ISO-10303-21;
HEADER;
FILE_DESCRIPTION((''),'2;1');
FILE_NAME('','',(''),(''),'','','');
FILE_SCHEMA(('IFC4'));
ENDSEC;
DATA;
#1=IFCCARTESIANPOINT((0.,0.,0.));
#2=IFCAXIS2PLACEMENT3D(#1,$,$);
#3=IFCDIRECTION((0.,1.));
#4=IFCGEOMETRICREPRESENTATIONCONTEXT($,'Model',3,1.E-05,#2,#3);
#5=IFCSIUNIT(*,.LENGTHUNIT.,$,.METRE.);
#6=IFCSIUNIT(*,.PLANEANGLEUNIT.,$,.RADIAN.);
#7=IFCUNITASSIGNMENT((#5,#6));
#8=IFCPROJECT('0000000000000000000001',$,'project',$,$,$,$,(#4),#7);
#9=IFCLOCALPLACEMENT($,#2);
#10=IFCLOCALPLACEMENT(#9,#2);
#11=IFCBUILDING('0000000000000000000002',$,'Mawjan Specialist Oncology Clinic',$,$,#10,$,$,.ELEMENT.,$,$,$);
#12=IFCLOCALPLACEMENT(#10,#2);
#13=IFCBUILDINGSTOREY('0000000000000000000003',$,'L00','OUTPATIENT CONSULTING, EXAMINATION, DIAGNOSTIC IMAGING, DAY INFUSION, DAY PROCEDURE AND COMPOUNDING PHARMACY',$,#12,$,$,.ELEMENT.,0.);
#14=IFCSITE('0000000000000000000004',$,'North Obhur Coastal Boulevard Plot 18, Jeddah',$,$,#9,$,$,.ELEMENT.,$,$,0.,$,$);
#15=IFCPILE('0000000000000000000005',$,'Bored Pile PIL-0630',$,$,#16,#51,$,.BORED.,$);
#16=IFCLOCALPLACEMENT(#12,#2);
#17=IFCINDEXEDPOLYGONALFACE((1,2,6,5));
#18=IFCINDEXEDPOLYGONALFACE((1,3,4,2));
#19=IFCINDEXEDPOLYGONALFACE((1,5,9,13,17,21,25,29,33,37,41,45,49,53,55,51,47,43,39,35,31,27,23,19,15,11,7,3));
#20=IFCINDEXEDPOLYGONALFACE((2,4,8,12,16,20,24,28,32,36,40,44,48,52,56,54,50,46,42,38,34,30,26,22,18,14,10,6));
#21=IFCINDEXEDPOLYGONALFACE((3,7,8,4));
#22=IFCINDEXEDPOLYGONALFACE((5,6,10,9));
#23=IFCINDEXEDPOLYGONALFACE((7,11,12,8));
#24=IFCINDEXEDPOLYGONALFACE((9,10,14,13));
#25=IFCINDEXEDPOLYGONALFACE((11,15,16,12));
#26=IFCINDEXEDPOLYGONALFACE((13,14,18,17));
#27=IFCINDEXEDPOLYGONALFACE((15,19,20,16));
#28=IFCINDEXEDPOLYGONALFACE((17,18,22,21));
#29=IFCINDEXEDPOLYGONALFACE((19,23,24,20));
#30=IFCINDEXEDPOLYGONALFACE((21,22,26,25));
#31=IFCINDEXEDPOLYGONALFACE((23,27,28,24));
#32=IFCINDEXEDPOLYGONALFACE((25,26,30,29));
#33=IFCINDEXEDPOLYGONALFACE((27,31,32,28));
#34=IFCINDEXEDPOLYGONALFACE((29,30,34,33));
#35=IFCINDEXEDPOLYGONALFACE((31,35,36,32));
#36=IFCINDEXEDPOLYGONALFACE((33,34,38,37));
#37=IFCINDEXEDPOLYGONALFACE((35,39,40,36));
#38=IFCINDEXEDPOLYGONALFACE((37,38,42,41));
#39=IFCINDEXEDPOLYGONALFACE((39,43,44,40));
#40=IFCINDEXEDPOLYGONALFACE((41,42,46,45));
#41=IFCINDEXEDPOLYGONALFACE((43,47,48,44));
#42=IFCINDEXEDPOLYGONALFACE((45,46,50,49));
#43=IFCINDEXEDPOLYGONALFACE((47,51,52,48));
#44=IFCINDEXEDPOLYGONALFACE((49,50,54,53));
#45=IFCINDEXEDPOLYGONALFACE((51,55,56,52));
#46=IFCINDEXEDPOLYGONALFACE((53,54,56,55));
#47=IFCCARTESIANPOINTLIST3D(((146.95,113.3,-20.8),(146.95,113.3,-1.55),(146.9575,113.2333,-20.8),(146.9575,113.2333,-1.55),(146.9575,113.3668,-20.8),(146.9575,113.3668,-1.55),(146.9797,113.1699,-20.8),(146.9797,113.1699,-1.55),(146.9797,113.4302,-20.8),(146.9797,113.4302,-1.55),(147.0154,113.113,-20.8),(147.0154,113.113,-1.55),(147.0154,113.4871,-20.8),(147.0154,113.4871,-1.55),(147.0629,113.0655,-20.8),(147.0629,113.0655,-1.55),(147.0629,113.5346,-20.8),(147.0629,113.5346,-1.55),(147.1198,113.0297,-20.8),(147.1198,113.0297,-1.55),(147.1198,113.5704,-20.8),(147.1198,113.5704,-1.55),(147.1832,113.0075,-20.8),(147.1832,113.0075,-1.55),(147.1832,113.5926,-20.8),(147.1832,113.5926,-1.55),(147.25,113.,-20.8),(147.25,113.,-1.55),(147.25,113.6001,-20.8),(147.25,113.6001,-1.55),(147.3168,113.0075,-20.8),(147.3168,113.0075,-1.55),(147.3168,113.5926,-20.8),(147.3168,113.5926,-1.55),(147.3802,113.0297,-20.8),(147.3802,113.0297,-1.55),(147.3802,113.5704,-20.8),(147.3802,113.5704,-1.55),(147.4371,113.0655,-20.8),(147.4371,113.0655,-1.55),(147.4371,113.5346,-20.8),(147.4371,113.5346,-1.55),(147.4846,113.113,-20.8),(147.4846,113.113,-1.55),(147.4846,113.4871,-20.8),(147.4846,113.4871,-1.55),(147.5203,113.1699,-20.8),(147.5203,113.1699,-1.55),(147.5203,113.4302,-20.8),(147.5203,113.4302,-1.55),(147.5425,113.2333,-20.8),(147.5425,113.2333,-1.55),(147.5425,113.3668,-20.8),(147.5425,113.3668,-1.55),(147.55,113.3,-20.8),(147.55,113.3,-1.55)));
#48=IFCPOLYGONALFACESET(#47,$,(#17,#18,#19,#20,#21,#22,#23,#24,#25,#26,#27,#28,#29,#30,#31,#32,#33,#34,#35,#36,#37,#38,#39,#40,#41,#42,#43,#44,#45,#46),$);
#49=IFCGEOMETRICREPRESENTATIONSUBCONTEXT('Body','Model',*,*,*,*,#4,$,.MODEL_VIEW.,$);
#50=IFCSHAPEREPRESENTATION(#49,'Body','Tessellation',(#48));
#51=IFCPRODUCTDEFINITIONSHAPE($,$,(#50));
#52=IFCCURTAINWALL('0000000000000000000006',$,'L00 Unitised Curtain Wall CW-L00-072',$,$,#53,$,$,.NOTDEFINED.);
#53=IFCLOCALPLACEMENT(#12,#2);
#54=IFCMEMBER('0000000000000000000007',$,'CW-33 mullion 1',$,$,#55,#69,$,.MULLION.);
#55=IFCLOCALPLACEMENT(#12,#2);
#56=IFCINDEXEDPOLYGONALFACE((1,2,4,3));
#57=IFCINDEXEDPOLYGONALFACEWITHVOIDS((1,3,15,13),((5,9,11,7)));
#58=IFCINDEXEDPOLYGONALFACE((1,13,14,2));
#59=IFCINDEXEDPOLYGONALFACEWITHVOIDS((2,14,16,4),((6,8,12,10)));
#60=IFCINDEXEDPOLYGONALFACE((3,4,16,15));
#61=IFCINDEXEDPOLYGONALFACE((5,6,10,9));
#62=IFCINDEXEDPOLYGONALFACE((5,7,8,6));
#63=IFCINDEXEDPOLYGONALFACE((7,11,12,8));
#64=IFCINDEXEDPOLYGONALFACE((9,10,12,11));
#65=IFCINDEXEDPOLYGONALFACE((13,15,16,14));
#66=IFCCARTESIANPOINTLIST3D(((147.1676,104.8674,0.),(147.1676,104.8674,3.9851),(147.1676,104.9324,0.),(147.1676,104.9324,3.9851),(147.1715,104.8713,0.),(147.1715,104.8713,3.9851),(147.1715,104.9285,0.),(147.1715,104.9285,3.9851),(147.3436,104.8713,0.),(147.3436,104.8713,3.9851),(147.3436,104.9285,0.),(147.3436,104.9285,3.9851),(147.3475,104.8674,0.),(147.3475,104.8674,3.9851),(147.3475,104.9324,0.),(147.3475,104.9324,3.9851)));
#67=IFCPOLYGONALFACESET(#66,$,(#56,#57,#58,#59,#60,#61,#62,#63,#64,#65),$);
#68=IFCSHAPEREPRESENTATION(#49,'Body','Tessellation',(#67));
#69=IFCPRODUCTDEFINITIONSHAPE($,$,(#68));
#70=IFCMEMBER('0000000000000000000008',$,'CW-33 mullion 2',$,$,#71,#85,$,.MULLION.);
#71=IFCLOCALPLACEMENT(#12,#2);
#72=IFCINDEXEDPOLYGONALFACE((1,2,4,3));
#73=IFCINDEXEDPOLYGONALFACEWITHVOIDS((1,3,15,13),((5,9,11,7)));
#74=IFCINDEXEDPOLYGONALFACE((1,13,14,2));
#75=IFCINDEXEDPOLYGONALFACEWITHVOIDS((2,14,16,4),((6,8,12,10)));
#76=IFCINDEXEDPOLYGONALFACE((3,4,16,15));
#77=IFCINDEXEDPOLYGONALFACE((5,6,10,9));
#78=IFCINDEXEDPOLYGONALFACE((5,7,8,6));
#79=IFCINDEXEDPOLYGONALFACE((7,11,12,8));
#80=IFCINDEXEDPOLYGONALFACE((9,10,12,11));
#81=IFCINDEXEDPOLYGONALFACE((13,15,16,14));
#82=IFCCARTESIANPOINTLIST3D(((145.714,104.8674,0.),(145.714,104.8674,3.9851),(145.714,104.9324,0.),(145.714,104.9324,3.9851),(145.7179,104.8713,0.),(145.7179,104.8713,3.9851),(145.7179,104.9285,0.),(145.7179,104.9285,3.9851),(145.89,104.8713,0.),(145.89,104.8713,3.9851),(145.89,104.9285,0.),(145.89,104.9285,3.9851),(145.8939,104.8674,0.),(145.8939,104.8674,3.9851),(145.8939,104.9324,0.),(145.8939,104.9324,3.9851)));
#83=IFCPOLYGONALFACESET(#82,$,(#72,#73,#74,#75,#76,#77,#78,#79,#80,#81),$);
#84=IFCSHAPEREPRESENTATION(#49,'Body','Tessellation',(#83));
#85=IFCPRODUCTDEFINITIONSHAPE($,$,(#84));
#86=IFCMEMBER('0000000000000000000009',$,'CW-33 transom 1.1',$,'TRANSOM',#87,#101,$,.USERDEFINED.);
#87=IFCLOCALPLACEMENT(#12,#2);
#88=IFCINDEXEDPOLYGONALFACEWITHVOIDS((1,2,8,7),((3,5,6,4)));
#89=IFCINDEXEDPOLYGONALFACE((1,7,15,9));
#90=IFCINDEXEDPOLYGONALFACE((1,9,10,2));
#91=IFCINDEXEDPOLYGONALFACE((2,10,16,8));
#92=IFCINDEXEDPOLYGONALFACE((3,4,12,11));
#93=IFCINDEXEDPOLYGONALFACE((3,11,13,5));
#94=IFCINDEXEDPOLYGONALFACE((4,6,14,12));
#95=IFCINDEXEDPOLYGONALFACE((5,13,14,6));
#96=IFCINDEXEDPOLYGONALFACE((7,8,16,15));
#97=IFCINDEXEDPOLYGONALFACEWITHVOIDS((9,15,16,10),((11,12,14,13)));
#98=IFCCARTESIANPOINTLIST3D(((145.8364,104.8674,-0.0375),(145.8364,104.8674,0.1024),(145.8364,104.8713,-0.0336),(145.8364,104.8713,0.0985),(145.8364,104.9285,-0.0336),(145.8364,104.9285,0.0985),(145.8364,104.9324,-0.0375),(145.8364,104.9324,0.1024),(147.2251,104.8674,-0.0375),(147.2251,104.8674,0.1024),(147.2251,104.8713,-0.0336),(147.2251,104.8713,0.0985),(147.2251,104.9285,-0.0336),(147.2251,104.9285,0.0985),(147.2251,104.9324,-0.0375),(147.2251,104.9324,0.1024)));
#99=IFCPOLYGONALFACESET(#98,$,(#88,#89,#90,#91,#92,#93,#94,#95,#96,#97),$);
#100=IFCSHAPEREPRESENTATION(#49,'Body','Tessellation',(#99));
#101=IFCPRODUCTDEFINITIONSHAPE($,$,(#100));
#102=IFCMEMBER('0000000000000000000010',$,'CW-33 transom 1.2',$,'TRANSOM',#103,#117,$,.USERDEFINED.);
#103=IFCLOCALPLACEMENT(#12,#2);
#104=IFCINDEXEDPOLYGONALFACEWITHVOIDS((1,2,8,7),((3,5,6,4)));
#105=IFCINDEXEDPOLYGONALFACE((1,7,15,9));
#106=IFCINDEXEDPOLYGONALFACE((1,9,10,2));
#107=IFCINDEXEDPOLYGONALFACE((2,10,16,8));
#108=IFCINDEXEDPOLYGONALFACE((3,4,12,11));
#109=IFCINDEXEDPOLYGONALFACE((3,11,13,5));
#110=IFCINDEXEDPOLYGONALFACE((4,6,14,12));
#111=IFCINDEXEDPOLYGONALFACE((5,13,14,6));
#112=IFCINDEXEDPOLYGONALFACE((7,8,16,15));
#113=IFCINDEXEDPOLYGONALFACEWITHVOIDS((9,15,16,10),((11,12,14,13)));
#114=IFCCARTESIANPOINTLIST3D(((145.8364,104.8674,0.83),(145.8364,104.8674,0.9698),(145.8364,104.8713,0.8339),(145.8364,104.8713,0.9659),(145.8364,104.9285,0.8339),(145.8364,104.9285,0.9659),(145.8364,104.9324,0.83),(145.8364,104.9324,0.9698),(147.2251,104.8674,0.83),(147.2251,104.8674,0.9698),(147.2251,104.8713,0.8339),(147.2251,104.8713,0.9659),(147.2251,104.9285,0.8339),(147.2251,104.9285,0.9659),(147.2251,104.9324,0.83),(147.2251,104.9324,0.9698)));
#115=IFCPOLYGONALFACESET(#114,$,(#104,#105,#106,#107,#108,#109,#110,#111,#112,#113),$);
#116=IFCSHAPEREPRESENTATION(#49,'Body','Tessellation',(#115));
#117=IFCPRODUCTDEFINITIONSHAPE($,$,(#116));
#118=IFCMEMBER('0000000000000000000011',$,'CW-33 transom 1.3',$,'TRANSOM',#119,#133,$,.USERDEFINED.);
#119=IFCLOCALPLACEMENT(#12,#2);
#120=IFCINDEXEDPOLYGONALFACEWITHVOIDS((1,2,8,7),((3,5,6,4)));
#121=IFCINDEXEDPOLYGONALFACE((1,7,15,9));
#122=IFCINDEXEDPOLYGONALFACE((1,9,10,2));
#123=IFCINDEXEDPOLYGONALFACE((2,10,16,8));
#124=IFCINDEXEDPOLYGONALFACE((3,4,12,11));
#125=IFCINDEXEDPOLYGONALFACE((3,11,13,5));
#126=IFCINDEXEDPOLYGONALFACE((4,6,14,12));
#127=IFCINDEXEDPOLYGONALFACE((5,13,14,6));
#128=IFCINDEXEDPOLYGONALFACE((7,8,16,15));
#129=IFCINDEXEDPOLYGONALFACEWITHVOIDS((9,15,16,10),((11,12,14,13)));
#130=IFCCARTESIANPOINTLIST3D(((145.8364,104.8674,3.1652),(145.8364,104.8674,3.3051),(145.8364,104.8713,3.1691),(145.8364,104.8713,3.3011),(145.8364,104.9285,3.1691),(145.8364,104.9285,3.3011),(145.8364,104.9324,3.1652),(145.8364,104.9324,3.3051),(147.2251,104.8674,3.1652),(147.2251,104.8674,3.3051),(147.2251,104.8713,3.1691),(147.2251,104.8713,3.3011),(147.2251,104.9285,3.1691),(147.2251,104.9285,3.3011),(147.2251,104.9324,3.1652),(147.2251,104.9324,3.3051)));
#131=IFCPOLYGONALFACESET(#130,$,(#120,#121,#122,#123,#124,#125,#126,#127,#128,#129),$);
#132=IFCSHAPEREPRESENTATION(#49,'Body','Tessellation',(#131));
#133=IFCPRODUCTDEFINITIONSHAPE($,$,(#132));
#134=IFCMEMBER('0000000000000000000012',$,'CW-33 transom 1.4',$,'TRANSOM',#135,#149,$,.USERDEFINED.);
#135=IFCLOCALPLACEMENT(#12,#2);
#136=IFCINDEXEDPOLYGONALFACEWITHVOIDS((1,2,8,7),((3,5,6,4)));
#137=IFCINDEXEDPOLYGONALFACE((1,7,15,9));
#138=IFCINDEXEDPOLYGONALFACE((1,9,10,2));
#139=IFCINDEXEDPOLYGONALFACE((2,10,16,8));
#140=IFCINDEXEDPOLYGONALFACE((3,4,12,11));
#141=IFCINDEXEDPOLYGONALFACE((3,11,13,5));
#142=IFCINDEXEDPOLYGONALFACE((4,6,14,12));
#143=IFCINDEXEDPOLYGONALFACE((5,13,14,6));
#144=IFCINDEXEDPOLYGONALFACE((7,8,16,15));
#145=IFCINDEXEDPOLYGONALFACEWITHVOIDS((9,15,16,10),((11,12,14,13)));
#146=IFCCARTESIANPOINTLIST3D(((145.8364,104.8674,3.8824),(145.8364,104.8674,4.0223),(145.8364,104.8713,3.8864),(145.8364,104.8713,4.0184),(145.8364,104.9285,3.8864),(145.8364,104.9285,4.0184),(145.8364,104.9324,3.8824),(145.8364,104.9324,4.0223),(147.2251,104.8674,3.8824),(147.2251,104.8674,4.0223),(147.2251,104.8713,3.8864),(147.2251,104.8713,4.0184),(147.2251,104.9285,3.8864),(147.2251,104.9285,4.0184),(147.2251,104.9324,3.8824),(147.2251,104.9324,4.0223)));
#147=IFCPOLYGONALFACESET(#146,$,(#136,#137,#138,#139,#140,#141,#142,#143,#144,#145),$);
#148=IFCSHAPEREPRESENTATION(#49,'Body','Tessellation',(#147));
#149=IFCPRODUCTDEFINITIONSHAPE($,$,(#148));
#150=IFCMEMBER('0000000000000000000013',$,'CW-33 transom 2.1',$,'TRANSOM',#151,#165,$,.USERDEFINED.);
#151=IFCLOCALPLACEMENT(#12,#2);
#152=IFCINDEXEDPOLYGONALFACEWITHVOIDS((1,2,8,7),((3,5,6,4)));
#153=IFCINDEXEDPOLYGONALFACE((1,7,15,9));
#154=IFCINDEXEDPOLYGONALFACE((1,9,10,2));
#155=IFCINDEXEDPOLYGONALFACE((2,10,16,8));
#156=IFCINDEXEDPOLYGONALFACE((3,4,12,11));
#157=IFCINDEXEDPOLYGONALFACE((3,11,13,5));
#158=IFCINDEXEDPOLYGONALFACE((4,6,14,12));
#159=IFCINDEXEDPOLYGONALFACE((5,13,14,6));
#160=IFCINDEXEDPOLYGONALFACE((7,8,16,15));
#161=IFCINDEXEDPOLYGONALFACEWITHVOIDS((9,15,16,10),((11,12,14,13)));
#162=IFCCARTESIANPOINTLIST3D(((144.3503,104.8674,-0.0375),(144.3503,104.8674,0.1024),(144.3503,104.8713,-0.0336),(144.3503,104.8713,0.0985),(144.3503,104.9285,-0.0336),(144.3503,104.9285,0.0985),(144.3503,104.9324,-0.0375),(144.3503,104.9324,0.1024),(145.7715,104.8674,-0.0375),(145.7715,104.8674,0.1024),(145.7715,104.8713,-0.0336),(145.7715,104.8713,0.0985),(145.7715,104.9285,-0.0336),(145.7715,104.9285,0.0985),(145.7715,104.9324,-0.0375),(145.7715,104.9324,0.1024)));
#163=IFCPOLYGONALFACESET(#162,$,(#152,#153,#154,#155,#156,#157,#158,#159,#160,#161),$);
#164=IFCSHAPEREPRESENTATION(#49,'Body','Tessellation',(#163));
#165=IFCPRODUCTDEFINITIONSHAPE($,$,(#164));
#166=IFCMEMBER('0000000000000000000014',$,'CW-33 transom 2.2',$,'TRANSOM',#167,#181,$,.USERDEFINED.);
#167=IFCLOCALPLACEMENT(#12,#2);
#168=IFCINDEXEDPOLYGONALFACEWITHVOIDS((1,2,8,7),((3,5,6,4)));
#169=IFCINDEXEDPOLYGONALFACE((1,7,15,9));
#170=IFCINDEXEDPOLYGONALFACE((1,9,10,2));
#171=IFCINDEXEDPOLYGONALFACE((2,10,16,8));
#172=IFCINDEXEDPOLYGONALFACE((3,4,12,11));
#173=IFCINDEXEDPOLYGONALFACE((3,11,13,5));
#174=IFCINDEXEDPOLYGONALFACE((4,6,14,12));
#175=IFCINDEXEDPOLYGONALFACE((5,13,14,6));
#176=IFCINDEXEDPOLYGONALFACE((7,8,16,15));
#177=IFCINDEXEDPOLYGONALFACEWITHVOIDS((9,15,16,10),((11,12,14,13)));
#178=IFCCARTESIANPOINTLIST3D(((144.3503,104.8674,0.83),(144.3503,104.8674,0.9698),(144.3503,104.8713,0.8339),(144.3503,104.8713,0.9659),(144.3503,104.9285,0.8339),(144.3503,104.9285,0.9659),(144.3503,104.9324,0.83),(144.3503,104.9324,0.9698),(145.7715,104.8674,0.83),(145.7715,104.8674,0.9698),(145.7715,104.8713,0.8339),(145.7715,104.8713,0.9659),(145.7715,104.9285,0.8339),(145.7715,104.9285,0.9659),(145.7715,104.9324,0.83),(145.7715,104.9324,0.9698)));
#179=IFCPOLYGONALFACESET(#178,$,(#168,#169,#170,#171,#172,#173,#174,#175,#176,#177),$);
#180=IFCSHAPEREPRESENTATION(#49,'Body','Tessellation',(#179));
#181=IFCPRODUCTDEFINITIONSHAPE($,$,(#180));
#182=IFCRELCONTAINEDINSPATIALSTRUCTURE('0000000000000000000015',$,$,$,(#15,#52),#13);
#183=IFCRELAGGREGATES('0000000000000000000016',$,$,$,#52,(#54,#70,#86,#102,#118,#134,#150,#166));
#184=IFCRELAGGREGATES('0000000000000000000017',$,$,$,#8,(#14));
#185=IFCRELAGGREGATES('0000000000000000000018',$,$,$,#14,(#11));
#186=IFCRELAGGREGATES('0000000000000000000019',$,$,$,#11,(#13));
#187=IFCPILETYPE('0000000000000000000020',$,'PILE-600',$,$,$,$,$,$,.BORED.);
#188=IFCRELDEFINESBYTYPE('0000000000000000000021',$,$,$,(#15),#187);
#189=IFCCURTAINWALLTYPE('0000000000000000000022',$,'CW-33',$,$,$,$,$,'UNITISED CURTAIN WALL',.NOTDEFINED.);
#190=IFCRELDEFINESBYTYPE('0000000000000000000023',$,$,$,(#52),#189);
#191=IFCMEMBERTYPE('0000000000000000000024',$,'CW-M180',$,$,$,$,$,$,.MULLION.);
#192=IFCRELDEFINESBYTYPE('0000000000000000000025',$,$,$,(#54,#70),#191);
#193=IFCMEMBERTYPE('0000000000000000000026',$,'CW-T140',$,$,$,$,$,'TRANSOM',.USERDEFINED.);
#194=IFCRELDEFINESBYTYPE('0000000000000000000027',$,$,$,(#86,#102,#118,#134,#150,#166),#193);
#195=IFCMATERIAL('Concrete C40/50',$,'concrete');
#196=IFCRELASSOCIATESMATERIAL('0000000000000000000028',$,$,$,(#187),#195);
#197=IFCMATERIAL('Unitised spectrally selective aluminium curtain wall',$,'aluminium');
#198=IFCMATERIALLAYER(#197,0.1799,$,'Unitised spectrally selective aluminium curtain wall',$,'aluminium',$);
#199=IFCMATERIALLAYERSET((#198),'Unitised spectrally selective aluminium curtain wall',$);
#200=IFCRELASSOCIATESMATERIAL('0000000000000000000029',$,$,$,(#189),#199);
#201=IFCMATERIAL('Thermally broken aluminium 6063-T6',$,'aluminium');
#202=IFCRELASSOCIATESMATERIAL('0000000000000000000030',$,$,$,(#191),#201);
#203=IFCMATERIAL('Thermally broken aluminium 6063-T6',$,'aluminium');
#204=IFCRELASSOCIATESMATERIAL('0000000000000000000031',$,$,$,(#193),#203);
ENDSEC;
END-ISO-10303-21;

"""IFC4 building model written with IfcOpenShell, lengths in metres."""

from ifc_helpers import new_model, si_unit, direction, frame, origin, origin_2d, place, context, subcontext, project, spatial, hollow_rectangle, circle, extrude, material, layer, layer_set, material_profile, profile_set, type_object, element, aggregate, save


model = new_model("IFC4")

# Units and contexts
model_context = context("Model", 3, precision=1e-05, world=origin(), true_north=direction((0.0, 1.0)))
body_context = subcontext(model_context, "Body", "Model", "MODEL_VIEW")
ifc_project = project(units=[si_unit("LENGTHUNIT", "METRE"), si_unit("PLANEANGLEUNIT", "RADIAN")], contexts=[model_context])

# Site, building, storey
site_placement = place(None, origin())
site = spatial("IfcSite", under=ifc_project, at=site_placement, Name="North Obhur Coastal Boulevard Plot 18, Jeddah", CompositionType="ELEMENT", RefElevation=0.0)
building_placement = place(site_placement, origin())
building = spatial("IfcBuilding", under=site, at=building_placement, Name="Mawjan Specialist Oncology Clinic", CompositionType="ELEMENT")
storey_placement = place(building_placement, origin())
storey = spatial("IfcBuildingStorey", under=building, at=storey_placement, Name="L00", Description="OUTPATIENT CONSULTING, EXAMINATION, DIAGNOSTIC IMAGING, DAY INFUSION, DAY PROCEDURE AND COMPOUNDING PHARMACY", CompositionType="ELEMENT", Elevation=0.0)

# Pile
ifc_material_1 = material(Name="Concrete C40/50", Category="concrete")
ifc_material_profile_1 = material_profile(ifc_material_1, circle(Radius=0.3, at=origin_2d()), Name="BORED PILE D600", Category="concrete")
ifc_profile_set_1 = profile_set([ifc_material_profile_1], Name="Concrete C40/50")
pile_type = type_object("IfcPileType", Name="PILE-600", PredefinedType="BORED", material=ifc_profile_set_1)
pile_placement = place(storey_placement, frame((147.25, 113.3, -1.55), z_axis=(0.0, 0.0, -1.0), x_axis=(1.0, 0.0, 0.0)))
element("IfcPile", 1, at=pile_placement, inside=storey, type_object=pile_type, Name="Bored Pile PIL-0630", PredefinedType="BORED", context=body_context, shape_type="SweptSolid", body=[
    extrude(circle(Radius=0.3, at=origin_2d()), origin(), (0.0, 0.0, 1.0), 19.25),
])

# Curtain wall, members
ifc_material_2 = material(Name="Unitised spectrally selective aluminium curtain wall", Category="aluminium")
ifc_layer_1 = layer(ifc_material_2, 0.1799, Name="Unitised spectrally selective aluminium curtain wall", Category="aluminium")
ifc_layer_set_1 = layer_set([ifc_layer_1], Name="Unitised spectrally selective aluminium curtain wall")
curtain_wall_type_1 = type_object("IfcCurtainWallType", Name="CW-33", ElementType="UNITISED CURTAIN WALL", PredefinedType="NOTDEFINED", material=ifc_layer_set_1)
curtain_wall_1_placement = place(storey_placement, origin())
curtain_wall_1 = element("IfcCurtainWall", 2, at=curtain_wall_1_placement, inside=storey, type_object=curtain_wall_type_1, Name="L00 Unitised Curtain Wall CW-L00-072", PredefinedType="NOTDEFINED")
ifc_material_3 = material(Name="Thermally broken aluminium 6063-T6", Category="aluminium")
ifc_material_profile_2 = material_profile(ifc_material_3, hollow_rectangle(XDim=0.0649, YDim=0.1799, WallThickness=0.0039, at=origin_2d()), Name="ALU MULLION 180x65x4", Category="aluminium")
ifc_profile_set_2 = profile_set([ifc_material_profile_2], Name="Thermally broken aluminium 6063-T6")
member_type_1 = type_object("IfcMemberType", Name="CW-M180", PredefinedType="MULLION", material=ifc_profile_set_2)
member_1_placement = place(storey_placement, frame((147.2576, 104.8999, 0.0), z_axis=(0.0, 0.0, 1.0), x_axis=(0.0, -1.0, 0.0)))
member_1 = element("IfcMember", 3, at=member_1_placement, type_object=member_type_1, Name="CW-33 mullion 1", PredefinedType="MULLION", context=body_context, shape_type="SweptSolid", body=[
    extrude(hollow_rectangle(XDim=0.0649, YDim=0.1799, WallThickness=0.0039, at=origin_2d()), origin(), (0.0, 0.0, 1.0), 3.9851),
])
member_2_placement = place(storey_placement, frame((145.804, 104.8999, 0.0), z_axis=(0.0, 0.0, 1.0), x_axis=(0.0, -1.0, 0.0)))
member_2 = element("IfcMember", 4, at=member_2_placement, type_object=member_type_1, Name="CW-33 mullion 2", PredefinedType="MULLION", context=body_context, shape_type="SweptSolid", body=[
    extrude(hollow_rectangle(XDim=0.0649, YDim=0.1799, WallThickness=0.0039, at=origin_2d()), origin(), (0.0, 0.0, 1.0), 3.9851),
])
ifc_material_4 = material(Name="Thermally broken aluminium 6063-T6", Category="aluminium")
ifc_material_profile_3 = material_profile(ifc_material_4, hollow_rectangle(XDim=0.0649, YDim=0.1399, WallThickness=0.0039, at=origin_2d()), Name="ALU TRANSOM 140x65x4", Category="aluminium")
ifc_profile_set_3 = profile_set([ifc_material_profile_3], Name="Thermally broken aluminium 6063-T6")
member_type_2 = type_object("IfcMemberType", Name="CW-T140", ElementType="TRANSOM", PredefinedType="USERDEFINED", material=ifc_profile_set_3)
member_3_placement = place(storey_placement, frame((147.2251, 104.8999, 0.0325), z_axis=(-1.0, 0.0, 0.0), x_axis=(0.0, -1.0, 0.0)))
member_3 = element("IfcMember", 5, at=member_3_placement, type_object=member_type_2, Name="CW-33 transom 1.1", ObjectType="TRANSOM", PredefinedType="USERDEFINED", context=body_context, shape_type="SweptSolid", body=[
    extrude(hollow_rectangle(XDim=0.0649, YDim=0.1399, WallThickness=0.0039, at=origin_2d()), origin(), (0.0, 0.0, 1.0), 1.3887),
])
member_4_placement = place(storey_placement, frame((147.2251, 104.8999, 0.8999), z_axis=(-1.0, 0.0, 0.0), x_axis=(0.0, -1.0, 0.0)))
member_4 = element("IfcMember", 6, at=member_4_placement, type_object=member_type_2, Name="CW-33 transom 1.2", ObjectType="TRANSOM", PredefinedType="USERDEFINED", context=body_context, shape_type="SweptSolid", body=[
    extrude(hollow_rectangle(XDim=0.0649, YDim=0.1399, WallThickness=0.0039, at=origin_2d()), origin(), (0.0, 0.0, 1.0), 1.3887),
])
member_5_placement = place(storey_placement, frame((147.2251, 104.8999, 3.2351), z_axis=(-1.0, 0.0, 0.0), x_axis=(0.0, -1.0, 0.0)))
member_5 = element("IfcMember", 7, at=member_5_placement, type_object=member_type_2, Name="CW-33 transom 1.3", ObjectType="TRANSOM", PredefinedType="USERDEFINED", context=body_context, shape_type="SweptSolid", body=[
    extrude(hollow_rectangle(XDim=0.0649, YDim=0.1399, WallThickness=0.0039, at=origin_2d()), origin(), (0.0, 0.0, 1.0), 1.3887),
])
member_6_placement = place(storey_placement, frame((147.2251, 104.8999, 3.9524), z_axis=(-1.0, 0.0, 0.0), x_axis=(0.0, -1.0, 0.0)))
member_6 = element("IfcMember", 8, at=member_6_placement, type_object=member_type_2, Name="CW-33 transom 1.4", ObjectType="TRANSOM", PredefinedType="USERDEFINED", context=body_context, shape_type="SweptSolid", body=[
    extrude(hollow_rectangle(XDim=0.0649, YDim=0.1399, WallThickness=0.0039, at=origin_2d()), origin(), (0.0, 0.0, 1.0), 1.3887),
])
member_7_placement = place(storey_placement, frame((145.7715, 104.8999, 0.0325), z_axis=(-1.0, 0.0, 0.0), x_axis=(0.0, -1.0, 0.0)))
member_7 = element("IfcMember", 9, at=member_7_placement, type_object=member_type_2, Name="CW-33 transom 2.1", ObjectType="TRANSOM", PredefinedType="USERDEFINED", context=body_context, shape_type="SweptSolid", body=[
    extrude(hollow_rectangle(XDim=0.0649, YDim=0.1399, WallThickness=0.0039, at=origin_2d()), origin(), (0.0, 0.0, 1.0), 1.4211),
])
member_8_placement = place(storey_placement, frame((145.7715, 104.8999, 0.8999), z_axis=(-1.0, 0.0, 0.0), x_axis=(0.0, -1.0, 0.0)))
member_8 = element("IfcMember", 10, at=member_8_placement, type_object=member_type_2, Name="CW-33 transom 2.2", ObjectType="TRANSOM", PredefinedType="USERDEFINED", context=body_context, shape_type="SweptSolid", body=[
    extrude(hollow_rectangle(XDim=0.0649, YDim=0.1399, WallThickness=0.0039, at=origin_2d()), origin(), (0.0, 0.0, 1.0), 1.4211),
])

aggregate(curtain_wall_1, [member_1, member_2, member_3, member_4, member_5, member_6, member_7, member_8])

save(model, "model.ifc")
